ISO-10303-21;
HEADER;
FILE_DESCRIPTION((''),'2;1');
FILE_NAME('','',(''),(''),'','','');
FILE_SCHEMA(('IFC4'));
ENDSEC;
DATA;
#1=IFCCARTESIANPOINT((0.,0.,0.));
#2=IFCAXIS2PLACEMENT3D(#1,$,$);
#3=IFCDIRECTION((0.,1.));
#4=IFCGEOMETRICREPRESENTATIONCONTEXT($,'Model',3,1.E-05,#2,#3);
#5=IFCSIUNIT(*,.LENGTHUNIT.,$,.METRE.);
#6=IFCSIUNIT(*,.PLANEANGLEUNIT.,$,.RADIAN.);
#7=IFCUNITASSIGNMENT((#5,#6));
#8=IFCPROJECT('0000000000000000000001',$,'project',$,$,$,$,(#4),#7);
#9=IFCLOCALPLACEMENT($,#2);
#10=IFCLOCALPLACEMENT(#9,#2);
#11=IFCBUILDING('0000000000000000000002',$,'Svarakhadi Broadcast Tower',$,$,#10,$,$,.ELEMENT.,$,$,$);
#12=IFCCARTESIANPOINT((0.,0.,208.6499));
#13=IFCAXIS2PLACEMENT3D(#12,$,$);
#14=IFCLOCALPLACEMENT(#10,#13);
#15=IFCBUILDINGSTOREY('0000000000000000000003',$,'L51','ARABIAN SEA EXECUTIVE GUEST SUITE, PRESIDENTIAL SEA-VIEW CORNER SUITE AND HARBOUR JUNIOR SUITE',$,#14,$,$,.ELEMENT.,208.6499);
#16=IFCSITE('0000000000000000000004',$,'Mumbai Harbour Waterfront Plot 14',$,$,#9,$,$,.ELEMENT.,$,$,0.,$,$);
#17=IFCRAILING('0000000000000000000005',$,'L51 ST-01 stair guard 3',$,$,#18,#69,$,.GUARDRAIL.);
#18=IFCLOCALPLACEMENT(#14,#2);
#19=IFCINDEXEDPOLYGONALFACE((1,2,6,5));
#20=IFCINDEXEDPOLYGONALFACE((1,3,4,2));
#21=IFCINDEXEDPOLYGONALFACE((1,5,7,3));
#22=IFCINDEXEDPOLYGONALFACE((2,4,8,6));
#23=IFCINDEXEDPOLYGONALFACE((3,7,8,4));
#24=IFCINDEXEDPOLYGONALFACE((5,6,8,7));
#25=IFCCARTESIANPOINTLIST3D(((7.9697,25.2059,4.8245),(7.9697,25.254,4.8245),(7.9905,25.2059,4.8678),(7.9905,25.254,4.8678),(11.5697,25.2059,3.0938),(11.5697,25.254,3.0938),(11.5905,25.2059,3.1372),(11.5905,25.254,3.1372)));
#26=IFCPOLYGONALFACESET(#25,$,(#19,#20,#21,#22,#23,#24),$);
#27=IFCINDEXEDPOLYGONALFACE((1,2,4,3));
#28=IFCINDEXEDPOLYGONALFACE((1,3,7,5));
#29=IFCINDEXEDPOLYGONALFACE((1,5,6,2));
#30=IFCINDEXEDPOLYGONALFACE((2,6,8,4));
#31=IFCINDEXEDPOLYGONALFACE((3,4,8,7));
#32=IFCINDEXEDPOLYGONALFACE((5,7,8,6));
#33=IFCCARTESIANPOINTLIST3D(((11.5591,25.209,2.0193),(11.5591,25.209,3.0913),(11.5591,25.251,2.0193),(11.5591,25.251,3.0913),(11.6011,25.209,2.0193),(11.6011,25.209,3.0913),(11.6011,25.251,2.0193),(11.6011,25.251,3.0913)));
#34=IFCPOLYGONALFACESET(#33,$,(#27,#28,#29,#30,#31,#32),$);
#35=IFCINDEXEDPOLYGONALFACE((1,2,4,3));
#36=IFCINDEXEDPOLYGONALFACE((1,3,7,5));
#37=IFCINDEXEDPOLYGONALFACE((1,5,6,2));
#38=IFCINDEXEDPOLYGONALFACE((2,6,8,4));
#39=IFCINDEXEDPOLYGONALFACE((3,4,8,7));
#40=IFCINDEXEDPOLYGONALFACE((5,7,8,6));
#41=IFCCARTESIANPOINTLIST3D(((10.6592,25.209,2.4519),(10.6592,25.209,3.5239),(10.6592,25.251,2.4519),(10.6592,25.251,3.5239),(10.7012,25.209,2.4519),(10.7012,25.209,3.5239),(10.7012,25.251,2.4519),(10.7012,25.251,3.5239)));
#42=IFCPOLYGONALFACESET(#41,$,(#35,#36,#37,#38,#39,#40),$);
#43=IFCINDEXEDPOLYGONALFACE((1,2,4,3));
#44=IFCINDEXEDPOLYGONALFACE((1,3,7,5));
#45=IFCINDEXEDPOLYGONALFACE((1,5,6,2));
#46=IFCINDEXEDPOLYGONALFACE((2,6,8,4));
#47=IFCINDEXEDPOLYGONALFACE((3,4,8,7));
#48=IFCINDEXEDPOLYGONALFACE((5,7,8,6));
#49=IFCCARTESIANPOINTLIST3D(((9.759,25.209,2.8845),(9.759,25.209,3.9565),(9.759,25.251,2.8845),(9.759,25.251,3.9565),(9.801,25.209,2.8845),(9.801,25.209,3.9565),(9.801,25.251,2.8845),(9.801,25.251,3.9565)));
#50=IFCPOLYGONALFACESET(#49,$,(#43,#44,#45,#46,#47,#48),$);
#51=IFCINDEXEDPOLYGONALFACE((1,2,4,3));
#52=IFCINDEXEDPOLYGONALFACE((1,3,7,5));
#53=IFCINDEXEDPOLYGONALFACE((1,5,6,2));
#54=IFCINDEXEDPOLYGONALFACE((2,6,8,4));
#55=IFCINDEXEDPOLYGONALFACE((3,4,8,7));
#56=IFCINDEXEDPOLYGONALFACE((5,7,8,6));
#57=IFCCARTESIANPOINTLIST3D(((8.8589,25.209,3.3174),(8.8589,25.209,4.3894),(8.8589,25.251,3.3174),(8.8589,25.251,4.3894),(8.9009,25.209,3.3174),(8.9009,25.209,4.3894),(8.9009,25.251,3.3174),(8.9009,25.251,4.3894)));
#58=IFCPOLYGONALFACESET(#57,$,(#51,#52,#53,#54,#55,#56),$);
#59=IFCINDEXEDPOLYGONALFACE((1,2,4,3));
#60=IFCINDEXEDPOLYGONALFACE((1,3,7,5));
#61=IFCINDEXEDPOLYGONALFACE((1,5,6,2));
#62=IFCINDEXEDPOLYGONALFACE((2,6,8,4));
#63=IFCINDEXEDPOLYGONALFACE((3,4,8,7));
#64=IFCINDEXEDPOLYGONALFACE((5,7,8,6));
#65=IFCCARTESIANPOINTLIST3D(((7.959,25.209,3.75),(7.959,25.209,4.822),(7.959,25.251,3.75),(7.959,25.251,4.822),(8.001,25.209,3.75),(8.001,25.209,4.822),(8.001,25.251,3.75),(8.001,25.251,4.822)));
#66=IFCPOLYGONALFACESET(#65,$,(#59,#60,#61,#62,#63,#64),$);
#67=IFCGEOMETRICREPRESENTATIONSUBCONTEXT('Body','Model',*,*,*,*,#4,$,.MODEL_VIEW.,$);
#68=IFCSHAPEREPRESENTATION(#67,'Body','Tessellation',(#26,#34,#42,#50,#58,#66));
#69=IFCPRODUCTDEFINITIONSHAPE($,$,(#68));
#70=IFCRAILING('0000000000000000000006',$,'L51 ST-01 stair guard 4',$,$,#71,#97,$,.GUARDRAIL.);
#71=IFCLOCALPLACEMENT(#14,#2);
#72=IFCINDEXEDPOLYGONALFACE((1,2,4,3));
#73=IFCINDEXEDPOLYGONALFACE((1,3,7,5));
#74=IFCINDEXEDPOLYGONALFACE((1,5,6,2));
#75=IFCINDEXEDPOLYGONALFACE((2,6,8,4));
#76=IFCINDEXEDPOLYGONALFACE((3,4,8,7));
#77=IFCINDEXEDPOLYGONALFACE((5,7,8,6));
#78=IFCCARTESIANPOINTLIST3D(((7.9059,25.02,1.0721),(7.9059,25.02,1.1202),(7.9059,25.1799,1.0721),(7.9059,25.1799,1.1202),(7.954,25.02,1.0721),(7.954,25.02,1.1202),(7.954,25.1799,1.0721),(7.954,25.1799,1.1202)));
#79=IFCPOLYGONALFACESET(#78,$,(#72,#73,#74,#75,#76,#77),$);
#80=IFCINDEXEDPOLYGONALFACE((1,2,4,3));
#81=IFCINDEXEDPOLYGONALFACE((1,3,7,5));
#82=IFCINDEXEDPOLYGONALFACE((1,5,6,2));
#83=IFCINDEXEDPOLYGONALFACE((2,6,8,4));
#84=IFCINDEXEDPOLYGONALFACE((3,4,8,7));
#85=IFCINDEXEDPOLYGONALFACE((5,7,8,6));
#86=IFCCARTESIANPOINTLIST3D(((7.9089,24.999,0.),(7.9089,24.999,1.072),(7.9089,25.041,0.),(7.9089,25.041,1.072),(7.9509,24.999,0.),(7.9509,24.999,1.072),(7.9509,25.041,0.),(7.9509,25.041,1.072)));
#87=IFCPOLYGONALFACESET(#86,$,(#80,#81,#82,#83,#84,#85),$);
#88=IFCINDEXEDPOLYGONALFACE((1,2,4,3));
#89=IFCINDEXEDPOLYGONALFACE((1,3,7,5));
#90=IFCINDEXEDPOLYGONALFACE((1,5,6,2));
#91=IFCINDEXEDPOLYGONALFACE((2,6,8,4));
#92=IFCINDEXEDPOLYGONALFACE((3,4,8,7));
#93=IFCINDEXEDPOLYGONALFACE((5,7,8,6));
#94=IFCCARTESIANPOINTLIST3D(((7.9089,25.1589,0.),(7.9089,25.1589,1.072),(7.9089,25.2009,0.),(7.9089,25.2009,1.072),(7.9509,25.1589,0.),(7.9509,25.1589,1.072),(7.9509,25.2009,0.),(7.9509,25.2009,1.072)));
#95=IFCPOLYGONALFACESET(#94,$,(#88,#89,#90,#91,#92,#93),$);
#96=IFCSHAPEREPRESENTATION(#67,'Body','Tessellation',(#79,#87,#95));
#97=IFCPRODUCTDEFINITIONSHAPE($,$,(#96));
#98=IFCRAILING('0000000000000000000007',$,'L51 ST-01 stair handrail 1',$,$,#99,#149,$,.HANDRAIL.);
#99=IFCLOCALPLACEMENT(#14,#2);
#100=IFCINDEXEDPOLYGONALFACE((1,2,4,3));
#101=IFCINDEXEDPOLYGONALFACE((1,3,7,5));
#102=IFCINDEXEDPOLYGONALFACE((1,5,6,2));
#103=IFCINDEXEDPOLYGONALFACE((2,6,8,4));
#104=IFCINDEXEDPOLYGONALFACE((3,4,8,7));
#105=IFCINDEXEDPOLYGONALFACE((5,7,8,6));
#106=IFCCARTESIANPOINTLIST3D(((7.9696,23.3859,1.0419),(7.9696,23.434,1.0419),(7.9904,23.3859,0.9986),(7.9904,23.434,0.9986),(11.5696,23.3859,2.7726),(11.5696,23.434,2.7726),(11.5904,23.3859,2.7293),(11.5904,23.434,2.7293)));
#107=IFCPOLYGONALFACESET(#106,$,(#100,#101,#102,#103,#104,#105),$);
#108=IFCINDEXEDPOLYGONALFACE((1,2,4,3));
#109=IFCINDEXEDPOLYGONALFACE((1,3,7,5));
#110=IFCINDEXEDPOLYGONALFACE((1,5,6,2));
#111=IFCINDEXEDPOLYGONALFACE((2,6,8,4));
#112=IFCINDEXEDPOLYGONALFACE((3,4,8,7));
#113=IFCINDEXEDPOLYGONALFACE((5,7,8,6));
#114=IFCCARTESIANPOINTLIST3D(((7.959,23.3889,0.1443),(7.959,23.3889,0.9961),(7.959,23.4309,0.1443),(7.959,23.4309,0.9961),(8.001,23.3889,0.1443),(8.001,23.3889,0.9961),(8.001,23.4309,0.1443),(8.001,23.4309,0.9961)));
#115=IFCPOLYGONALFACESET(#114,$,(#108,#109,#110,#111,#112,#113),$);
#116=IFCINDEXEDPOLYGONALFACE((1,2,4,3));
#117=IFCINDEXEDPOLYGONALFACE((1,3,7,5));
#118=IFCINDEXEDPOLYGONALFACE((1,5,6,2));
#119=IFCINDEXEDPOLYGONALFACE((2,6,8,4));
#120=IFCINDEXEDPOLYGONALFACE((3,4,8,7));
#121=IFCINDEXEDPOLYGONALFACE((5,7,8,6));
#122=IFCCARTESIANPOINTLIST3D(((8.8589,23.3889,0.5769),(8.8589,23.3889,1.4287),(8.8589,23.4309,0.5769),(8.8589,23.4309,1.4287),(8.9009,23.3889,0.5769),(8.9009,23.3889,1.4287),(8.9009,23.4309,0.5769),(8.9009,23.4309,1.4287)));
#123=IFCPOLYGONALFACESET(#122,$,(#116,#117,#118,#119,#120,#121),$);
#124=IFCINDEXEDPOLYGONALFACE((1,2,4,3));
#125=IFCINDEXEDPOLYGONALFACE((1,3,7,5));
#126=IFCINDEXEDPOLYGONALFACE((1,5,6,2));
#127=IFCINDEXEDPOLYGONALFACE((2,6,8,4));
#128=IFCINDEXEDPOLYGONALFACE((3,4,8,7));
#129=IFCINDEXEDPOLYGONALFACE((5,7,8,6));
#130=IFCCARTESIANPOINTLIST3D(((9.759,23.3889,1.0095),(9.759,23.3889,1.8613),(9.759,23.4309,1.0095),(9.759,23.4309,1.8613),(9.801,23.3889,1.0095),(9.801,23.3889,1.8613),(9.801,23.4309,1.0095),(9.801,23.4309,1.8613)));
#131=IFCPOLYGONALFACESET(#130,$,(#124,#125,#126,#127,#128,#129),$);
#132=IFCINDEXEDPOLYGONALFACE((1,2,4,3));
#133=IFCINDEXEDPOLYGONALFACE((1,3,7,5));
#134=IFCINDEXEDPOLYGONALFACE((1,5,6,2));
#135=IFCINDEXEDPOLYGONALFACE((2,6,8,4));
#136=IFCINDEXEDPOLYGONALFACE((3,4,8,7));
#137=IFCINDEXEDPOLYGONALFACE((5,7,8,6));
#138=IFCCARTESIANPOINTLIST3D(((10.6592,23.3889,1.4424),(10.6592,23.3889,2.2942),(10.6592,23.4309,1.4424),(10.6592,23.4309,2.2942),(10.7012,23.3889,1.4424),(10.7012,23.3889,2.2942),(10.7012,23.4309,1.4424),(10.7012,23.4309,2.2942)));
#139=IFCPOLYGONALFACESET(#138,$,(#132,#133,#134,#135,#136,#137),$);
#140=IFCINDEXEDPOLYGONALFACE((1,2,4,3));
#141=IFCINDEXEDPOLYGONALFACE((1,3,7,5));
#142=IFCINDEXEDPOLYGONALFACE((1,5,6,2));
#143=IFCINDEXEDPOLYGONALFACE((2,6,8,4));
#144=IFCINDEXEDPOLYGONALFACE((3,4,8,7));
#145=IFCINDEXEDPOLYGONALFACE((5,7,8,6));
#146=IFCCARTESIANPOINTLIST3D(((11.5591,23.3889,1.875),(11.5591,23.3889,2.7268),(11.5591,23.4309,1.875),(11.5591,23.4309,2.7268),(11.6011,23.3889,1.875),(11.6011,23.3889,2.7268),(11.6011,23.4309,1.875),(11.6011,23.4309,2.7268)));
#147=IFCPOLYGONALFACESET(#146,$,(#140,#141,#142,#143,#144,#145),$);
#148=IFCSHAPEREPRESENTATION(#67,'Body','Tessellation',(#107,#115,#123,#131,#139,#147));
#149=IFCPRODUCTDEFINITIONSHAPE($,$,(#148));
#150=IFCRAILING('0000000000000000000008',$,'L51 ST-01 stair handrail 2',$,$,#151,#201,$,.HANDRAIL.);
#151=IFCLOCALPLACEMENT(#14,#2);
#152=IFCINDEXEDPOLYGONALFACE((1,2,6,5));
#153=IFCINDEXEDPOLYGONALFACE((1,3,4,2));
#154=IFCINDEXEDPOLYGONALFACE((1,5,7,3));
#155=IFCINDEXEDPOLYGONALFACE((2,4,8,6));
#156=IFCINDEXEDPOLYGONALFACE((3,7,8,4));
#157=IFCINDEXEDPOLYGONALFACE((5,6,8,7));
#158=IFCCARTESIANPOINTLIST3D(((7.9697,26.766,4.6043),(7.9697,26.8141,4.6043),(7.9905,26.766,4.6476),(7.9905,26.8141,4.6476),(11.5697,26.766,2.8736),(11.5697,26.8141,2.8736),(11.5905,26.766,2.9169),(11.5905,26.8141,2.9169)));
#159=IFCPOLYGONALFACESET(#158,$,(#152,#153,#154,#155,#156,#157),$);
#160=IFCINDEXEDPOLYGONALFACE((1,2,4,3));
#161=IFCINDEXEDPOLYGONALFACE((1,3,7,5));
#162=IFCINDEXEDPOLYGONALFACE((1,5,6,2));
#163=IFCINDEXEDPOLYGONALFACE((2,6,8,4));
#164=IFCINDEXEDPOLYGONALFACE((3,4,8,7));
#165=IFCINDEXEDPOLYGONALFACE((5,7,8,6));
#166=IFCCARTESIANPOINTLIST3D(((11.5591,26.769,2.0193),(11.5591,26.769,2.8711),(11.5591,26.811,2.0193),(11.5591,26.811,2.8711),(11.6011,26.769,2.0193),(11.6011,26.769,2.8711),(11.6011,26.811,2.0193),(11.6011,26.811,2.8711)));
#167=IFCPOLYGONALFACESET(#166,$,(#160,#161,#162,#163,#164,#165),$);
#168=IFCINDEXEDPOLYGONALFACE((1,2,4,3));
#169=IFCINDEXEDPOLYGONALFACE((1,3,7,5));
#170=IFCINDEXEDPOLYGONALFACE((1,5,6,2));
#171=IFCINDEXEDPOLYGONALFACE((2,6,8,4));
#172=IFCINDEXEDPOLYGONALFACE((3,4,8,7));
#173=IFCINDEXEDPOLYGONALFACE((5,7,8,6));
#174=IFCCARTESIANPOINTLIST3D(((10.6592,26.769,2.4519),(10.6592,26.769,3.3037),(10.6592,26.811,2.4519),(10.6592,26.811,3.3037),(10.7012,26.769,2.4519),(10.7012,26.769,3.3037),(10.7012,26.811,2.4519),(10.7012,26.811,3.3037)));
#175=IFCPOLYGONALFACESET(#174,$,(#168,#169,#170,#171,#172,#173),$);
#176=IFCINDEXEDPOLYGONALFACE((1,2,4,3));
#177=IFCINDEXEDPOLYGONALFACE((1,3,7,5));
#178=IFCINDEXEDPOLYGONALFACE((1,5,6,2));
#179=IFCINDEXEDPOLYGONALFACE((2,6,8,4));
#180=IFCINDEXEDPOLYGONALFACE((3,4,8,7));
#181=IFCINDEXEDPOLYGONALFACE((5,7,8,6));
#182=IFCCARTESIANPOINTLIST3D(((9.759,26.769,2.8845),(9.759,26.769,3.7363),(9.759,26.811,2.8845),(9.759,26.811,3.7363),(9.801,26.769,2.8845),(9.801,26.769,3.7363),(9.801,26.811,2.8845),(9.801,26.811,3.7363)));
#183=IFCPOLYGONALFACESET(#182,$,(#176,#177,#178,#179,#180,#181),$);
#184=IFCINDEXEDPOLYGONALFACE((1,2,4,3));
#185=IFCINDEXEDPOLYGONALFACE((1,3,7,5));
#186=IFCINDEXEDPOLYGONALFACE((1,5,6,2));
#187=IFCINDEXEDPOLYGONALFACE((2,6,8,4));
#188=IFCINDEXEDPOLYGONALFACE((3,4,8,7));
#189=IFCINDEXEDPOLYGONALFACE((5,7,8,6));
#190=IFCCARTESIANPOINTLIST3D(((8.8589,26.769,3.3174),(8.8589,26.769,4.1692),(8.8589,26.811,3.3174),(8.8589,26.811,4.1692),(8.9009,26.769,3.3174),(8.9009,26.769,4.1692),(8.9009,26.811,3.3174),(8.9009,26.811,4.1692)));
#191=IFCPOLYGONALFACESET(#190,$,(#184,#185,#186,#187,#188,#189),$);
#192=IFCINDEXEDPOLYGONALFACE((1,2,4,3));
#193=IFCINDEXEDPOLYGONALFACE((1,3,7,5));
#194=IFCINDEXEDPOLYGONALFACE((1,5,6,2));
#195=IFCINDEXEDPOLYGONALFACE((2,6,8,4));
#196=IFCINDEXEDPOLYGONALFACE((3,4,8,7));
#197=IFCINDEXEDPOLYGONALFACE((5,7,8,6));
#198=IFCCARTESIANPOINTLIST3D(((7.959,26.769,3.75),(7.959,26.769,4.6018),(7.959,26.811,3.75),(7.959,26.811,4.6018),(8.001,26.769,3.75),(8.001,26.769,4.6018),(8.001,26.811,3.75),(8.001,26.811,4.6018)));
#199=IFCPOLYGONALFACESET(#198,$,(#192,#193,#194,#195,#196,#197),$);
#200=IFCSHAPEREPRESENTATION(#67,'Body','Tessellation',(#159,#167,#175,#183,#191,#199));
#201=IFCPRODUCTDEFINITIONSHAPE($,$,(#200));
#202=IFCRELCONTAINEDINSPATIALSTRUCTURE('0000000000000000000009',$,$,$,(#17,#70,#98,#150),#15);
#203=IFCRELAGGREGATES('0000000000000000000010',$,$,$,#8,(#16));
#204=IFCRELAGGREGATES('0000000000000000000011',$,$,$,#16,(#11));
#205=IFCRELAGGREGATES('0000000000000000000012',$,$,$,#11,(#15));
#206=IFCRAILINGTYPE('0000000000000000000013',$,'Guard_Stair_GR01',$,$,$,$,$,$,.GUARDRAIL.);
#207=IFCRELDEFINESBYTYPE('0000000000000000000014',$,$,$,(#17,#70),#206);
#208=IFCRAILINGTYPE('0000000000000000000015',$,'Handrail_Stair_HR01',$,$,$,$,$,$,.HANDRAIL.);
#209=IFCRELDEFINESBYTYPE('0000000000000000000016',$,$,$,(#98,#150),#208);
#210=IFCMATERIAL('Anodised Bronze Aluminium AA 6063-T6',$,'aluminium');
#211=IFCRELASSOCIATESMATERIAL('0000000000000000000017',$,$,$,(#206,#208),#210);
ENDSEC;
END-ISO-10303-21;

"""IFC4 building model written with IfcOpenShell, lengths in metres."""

from ifc_helpers import new_model, si_unit, direction, frame, origin, origin_2d, place, context, subcontext, project, spatial, rectangle, extrude, material, type_object, element, save


model = new_model("IFC4")

# Units and contexts
model_context = context("Model", 3, precision=1e-05, world=origin(), true_north=direction((0.0, 1.0)))
body_context = subcontext(model_context, "Body", "Model", "MODEL_VIEW")
ifc_project = project(units=[si_unit("LENGTHUNIT", "METRE"), si_unit("PLANEANGLEUNIT", "RADIAN")], contexts=[model_context])

# Site, building, storey
site_placement = place(None, origin())
site = spatial("IfcSite", under=ifc_project, at=site_placement, Name="Mumbai Harbour Waterfront Plot 14", CompositionType="ELEMENT", RefElevation=0.0)
building_placement = place(site_placement, origin())
building = spatial("IfcBuilding", under=site, at=building_placement, Name="Svarakhadi Broadcast Tower", CompositionType="ELEMENT")
storey_placement = place(building_placement, frame((0.0, 0.0, 208.6499)))
storey = spatial("IfcBuildingStorey", under=building, at=storey_placement, Name="L51", Description="ARABIAN SEA EXECUTIVE GUEST SUITE, PRESIDENTIAL SEA-VIEW CORNER SUITE AND HARBOUR JUNIOR SUITE", CompositionType="ELEMENT", Elevation=208.6499)

# Railings
ifc_material_1 = material(Name="Anodised Bronze Aluminium AA 6063-T6", Category="aluminium")
railing_type_1 = type_object("IfcRailingType", Name="Guard_Stair_GR01", PredefinedType="GUARDRAIL", material=ifc_material_1)
railing_1_placement = place(storey_placement, frame((11.5801, 25.23, 2.0193)))
element("IfcRailing", 1, at=railing_1_placement, inside=storey, type_object=railing_type_1, Name="L51 ST-01 stair guard 3", PredefinedType="GUARDRAIL", context=body_context, shape_type="SweptSolid", body=[
    extrude(rectangle(XDim=0.0481, YDim=0.0481, at=origin_2d()), frame((0.0, 0.0, 1.0962), z_axis=(-0.901263, 0.0, 0.433273), x_axis=(0.0, -1.0, 0.0)), (0.0, 0.0, 1.0), 3.9944),
    extrude(rectangle(XDim=0.042, YDim=0.042, at=origin_2d()), origin(), (0.0, 0.0, 1.0), 1.072),
    extrude(rectangle(XDim=0.042, YDim=0.042, at=origin_2d()), frame((-0.8999, 0.0, 0.4326)), (0.0, 0.0, 1.0), 1.072),
    extrude(rectangle(XDim=0.042, YDim=0.042, at=origin_2d()), frame((-1.8, 0.0, 0.8652)), (0.0, 0.0, 1.0), 1.072),
    extrude(rectangle(XDim=0.042, YDim=0.042, at=origin_2d()), frame((-2.7002, 0.0, 1.2981)), (0.0, 0.0, 1.0), 1.072),
    extrude(rectangle(XDim=0.042, YDim=0.042, at=origin_2d()), frame((-3.6001, 0.0, 1.7307)), (0.0, 0.0, 1.0), 1.072),
])
railing_2_placement = place(storey_placement, frame((7.9299, 25.02, 0.0)))
element("IfcRailing", 2, at=railing_2_placement, inside=storey, type_object=railing_type_1, Name="L51 ST-01 stair guard 4", PredefinedType="GUARDRAIL", context=body_context, shape_type="SweptSolid", body=[
    extrude(rectangle(XDim=0.0481, YDim=0.0481, at=origin_2d()), frame((0.0, 0.0, 1.0962), z_axis=(0.0, 1.0, 0.0), x_axis=(-1.0, 0.0, 0.0)), (0.0, 0.0, 1.0), 0.1599),
    extrude(rectangle(XDim=0.042, YDim=0.042, at=origin_2d()), origin(), (0.0, 0.0, 1.0), 1.072),
    extrude(rectangle(XDim=0.042, YDim=0.042, at=origin_2d()), frame((0.0, 0.1599, 0.0)), (0.0, 0.0, 1.0), 1.072),
])
railing_type_2 = type_object("IfcRailingType", Name="Handrail_Stair_HR01", PredefinedType="HANDRAIL", material=ifc_material_1)
railing_3_placement = place(storey_placement, frame((7.98, 23.4099, 0.1443)))
element("IfcRailing", 3, at=railing_3_placement, inside=storey, type_object=railing_type_2, Name="L51 ST-01 stair handrail 1", PredefinedType="HANDRAIL", context=body_context, shape_type="SweptSolid", body=[
    extrude(rectangle(XDim=0.0481, YDim=0.0481, at=origin_2d()), frame((0.0, 0.0, 0.876), z_axis=(0.901263, 0.0, 0.433273), x_axis=(0.0, 1.0, 0.0)), (0.0, 0.0, 1.0), 3.9944),
    extrude(rectangle(XDim=0.042, YDim=0.042, at=origin_2d()), origin(), (0.0, 0.0, 1.0), 0.8518),
    extrude(rectangle(XDim=0.042, YDim=0.042, at=origin_2d()), frame((0.8999, 0.0, 0.4326)), (0.0, 0.0, 1.0), 0.8518),
    extrude(rectangle(XDim=0.042, YDim=0.042, at=origin_2d()), frame((1.8, 0.0, 0.8652)), (0.0, 0.0, 1.0), 0.8518),
    extrude(rectangle(XDim=0.042, YDim=0.042, at=origin_2d()), frame((2.7002, 0.0, 1.2981)), (0.0, 0.0, 1.0), 0.8518),
    extrude(rectangle(XDim=0.042, YDim=0.042, at=origin_2d()), frame((3.6001, 0.0, 1.7307)), (0.0, 0.0, 1.0), 0.8518),
])
railing_4_placement = place(storey_placement, frame((11.5801, 26.79, 2.0193)))
element("IfcRailing", 4, at=railing_4_placement, inside=storey, type_object=railing_type_2, Name="L51 ST-01 stair handrail 2", PredefinedType="HANDRAIL", context=body_context, shape_type="SweptSolid", body=[
    extrude(rectangle(XDim=0.0481, YDim=0.0481, at=origin_2d()), frame((0.0, 0.0, 0.876), z_axis=(-0.901263, 0.0, 0.433273), x_axis=(0.0, -1.0, 0.0)), (0.0, 0.0, 1.0), 3.9944),
    extrude(rectangle(XDim=0.042, YDim=0.042, at=origin_2d()), origin(), (0.0, 0.0, 1.0), 0.8518),
    extrude(rectangle(XDim=0.042, YDim=0.042, at=origin_2d()), frame((-0.8999, 0.0, 0.4326)), (0.0, 0.0, 1.0), 0.8518),
    extrude(rectangle(XDim=0.042, YDim=0.042, at=origin_2d()), frame((-1.8, 0.0, 0.8652)), (0.0, 0.0, 1.0), 0.8518),
    extrude(rectangle(XDim=0.042, YDim=0.042, at=origin_2d()), frame((-2.7002, 0.0, 1.2981)), (0.0, 0.0, 1.0), 0.8518),
    extrude(rectangle(XDim=0.042, YDim=0.042, at=origin_2d()), frame((-3.6001, 0.0, 1.7307)), (0.0, 0.0, 1.0), 0.8518),
])

save(model, "model.ifc")
